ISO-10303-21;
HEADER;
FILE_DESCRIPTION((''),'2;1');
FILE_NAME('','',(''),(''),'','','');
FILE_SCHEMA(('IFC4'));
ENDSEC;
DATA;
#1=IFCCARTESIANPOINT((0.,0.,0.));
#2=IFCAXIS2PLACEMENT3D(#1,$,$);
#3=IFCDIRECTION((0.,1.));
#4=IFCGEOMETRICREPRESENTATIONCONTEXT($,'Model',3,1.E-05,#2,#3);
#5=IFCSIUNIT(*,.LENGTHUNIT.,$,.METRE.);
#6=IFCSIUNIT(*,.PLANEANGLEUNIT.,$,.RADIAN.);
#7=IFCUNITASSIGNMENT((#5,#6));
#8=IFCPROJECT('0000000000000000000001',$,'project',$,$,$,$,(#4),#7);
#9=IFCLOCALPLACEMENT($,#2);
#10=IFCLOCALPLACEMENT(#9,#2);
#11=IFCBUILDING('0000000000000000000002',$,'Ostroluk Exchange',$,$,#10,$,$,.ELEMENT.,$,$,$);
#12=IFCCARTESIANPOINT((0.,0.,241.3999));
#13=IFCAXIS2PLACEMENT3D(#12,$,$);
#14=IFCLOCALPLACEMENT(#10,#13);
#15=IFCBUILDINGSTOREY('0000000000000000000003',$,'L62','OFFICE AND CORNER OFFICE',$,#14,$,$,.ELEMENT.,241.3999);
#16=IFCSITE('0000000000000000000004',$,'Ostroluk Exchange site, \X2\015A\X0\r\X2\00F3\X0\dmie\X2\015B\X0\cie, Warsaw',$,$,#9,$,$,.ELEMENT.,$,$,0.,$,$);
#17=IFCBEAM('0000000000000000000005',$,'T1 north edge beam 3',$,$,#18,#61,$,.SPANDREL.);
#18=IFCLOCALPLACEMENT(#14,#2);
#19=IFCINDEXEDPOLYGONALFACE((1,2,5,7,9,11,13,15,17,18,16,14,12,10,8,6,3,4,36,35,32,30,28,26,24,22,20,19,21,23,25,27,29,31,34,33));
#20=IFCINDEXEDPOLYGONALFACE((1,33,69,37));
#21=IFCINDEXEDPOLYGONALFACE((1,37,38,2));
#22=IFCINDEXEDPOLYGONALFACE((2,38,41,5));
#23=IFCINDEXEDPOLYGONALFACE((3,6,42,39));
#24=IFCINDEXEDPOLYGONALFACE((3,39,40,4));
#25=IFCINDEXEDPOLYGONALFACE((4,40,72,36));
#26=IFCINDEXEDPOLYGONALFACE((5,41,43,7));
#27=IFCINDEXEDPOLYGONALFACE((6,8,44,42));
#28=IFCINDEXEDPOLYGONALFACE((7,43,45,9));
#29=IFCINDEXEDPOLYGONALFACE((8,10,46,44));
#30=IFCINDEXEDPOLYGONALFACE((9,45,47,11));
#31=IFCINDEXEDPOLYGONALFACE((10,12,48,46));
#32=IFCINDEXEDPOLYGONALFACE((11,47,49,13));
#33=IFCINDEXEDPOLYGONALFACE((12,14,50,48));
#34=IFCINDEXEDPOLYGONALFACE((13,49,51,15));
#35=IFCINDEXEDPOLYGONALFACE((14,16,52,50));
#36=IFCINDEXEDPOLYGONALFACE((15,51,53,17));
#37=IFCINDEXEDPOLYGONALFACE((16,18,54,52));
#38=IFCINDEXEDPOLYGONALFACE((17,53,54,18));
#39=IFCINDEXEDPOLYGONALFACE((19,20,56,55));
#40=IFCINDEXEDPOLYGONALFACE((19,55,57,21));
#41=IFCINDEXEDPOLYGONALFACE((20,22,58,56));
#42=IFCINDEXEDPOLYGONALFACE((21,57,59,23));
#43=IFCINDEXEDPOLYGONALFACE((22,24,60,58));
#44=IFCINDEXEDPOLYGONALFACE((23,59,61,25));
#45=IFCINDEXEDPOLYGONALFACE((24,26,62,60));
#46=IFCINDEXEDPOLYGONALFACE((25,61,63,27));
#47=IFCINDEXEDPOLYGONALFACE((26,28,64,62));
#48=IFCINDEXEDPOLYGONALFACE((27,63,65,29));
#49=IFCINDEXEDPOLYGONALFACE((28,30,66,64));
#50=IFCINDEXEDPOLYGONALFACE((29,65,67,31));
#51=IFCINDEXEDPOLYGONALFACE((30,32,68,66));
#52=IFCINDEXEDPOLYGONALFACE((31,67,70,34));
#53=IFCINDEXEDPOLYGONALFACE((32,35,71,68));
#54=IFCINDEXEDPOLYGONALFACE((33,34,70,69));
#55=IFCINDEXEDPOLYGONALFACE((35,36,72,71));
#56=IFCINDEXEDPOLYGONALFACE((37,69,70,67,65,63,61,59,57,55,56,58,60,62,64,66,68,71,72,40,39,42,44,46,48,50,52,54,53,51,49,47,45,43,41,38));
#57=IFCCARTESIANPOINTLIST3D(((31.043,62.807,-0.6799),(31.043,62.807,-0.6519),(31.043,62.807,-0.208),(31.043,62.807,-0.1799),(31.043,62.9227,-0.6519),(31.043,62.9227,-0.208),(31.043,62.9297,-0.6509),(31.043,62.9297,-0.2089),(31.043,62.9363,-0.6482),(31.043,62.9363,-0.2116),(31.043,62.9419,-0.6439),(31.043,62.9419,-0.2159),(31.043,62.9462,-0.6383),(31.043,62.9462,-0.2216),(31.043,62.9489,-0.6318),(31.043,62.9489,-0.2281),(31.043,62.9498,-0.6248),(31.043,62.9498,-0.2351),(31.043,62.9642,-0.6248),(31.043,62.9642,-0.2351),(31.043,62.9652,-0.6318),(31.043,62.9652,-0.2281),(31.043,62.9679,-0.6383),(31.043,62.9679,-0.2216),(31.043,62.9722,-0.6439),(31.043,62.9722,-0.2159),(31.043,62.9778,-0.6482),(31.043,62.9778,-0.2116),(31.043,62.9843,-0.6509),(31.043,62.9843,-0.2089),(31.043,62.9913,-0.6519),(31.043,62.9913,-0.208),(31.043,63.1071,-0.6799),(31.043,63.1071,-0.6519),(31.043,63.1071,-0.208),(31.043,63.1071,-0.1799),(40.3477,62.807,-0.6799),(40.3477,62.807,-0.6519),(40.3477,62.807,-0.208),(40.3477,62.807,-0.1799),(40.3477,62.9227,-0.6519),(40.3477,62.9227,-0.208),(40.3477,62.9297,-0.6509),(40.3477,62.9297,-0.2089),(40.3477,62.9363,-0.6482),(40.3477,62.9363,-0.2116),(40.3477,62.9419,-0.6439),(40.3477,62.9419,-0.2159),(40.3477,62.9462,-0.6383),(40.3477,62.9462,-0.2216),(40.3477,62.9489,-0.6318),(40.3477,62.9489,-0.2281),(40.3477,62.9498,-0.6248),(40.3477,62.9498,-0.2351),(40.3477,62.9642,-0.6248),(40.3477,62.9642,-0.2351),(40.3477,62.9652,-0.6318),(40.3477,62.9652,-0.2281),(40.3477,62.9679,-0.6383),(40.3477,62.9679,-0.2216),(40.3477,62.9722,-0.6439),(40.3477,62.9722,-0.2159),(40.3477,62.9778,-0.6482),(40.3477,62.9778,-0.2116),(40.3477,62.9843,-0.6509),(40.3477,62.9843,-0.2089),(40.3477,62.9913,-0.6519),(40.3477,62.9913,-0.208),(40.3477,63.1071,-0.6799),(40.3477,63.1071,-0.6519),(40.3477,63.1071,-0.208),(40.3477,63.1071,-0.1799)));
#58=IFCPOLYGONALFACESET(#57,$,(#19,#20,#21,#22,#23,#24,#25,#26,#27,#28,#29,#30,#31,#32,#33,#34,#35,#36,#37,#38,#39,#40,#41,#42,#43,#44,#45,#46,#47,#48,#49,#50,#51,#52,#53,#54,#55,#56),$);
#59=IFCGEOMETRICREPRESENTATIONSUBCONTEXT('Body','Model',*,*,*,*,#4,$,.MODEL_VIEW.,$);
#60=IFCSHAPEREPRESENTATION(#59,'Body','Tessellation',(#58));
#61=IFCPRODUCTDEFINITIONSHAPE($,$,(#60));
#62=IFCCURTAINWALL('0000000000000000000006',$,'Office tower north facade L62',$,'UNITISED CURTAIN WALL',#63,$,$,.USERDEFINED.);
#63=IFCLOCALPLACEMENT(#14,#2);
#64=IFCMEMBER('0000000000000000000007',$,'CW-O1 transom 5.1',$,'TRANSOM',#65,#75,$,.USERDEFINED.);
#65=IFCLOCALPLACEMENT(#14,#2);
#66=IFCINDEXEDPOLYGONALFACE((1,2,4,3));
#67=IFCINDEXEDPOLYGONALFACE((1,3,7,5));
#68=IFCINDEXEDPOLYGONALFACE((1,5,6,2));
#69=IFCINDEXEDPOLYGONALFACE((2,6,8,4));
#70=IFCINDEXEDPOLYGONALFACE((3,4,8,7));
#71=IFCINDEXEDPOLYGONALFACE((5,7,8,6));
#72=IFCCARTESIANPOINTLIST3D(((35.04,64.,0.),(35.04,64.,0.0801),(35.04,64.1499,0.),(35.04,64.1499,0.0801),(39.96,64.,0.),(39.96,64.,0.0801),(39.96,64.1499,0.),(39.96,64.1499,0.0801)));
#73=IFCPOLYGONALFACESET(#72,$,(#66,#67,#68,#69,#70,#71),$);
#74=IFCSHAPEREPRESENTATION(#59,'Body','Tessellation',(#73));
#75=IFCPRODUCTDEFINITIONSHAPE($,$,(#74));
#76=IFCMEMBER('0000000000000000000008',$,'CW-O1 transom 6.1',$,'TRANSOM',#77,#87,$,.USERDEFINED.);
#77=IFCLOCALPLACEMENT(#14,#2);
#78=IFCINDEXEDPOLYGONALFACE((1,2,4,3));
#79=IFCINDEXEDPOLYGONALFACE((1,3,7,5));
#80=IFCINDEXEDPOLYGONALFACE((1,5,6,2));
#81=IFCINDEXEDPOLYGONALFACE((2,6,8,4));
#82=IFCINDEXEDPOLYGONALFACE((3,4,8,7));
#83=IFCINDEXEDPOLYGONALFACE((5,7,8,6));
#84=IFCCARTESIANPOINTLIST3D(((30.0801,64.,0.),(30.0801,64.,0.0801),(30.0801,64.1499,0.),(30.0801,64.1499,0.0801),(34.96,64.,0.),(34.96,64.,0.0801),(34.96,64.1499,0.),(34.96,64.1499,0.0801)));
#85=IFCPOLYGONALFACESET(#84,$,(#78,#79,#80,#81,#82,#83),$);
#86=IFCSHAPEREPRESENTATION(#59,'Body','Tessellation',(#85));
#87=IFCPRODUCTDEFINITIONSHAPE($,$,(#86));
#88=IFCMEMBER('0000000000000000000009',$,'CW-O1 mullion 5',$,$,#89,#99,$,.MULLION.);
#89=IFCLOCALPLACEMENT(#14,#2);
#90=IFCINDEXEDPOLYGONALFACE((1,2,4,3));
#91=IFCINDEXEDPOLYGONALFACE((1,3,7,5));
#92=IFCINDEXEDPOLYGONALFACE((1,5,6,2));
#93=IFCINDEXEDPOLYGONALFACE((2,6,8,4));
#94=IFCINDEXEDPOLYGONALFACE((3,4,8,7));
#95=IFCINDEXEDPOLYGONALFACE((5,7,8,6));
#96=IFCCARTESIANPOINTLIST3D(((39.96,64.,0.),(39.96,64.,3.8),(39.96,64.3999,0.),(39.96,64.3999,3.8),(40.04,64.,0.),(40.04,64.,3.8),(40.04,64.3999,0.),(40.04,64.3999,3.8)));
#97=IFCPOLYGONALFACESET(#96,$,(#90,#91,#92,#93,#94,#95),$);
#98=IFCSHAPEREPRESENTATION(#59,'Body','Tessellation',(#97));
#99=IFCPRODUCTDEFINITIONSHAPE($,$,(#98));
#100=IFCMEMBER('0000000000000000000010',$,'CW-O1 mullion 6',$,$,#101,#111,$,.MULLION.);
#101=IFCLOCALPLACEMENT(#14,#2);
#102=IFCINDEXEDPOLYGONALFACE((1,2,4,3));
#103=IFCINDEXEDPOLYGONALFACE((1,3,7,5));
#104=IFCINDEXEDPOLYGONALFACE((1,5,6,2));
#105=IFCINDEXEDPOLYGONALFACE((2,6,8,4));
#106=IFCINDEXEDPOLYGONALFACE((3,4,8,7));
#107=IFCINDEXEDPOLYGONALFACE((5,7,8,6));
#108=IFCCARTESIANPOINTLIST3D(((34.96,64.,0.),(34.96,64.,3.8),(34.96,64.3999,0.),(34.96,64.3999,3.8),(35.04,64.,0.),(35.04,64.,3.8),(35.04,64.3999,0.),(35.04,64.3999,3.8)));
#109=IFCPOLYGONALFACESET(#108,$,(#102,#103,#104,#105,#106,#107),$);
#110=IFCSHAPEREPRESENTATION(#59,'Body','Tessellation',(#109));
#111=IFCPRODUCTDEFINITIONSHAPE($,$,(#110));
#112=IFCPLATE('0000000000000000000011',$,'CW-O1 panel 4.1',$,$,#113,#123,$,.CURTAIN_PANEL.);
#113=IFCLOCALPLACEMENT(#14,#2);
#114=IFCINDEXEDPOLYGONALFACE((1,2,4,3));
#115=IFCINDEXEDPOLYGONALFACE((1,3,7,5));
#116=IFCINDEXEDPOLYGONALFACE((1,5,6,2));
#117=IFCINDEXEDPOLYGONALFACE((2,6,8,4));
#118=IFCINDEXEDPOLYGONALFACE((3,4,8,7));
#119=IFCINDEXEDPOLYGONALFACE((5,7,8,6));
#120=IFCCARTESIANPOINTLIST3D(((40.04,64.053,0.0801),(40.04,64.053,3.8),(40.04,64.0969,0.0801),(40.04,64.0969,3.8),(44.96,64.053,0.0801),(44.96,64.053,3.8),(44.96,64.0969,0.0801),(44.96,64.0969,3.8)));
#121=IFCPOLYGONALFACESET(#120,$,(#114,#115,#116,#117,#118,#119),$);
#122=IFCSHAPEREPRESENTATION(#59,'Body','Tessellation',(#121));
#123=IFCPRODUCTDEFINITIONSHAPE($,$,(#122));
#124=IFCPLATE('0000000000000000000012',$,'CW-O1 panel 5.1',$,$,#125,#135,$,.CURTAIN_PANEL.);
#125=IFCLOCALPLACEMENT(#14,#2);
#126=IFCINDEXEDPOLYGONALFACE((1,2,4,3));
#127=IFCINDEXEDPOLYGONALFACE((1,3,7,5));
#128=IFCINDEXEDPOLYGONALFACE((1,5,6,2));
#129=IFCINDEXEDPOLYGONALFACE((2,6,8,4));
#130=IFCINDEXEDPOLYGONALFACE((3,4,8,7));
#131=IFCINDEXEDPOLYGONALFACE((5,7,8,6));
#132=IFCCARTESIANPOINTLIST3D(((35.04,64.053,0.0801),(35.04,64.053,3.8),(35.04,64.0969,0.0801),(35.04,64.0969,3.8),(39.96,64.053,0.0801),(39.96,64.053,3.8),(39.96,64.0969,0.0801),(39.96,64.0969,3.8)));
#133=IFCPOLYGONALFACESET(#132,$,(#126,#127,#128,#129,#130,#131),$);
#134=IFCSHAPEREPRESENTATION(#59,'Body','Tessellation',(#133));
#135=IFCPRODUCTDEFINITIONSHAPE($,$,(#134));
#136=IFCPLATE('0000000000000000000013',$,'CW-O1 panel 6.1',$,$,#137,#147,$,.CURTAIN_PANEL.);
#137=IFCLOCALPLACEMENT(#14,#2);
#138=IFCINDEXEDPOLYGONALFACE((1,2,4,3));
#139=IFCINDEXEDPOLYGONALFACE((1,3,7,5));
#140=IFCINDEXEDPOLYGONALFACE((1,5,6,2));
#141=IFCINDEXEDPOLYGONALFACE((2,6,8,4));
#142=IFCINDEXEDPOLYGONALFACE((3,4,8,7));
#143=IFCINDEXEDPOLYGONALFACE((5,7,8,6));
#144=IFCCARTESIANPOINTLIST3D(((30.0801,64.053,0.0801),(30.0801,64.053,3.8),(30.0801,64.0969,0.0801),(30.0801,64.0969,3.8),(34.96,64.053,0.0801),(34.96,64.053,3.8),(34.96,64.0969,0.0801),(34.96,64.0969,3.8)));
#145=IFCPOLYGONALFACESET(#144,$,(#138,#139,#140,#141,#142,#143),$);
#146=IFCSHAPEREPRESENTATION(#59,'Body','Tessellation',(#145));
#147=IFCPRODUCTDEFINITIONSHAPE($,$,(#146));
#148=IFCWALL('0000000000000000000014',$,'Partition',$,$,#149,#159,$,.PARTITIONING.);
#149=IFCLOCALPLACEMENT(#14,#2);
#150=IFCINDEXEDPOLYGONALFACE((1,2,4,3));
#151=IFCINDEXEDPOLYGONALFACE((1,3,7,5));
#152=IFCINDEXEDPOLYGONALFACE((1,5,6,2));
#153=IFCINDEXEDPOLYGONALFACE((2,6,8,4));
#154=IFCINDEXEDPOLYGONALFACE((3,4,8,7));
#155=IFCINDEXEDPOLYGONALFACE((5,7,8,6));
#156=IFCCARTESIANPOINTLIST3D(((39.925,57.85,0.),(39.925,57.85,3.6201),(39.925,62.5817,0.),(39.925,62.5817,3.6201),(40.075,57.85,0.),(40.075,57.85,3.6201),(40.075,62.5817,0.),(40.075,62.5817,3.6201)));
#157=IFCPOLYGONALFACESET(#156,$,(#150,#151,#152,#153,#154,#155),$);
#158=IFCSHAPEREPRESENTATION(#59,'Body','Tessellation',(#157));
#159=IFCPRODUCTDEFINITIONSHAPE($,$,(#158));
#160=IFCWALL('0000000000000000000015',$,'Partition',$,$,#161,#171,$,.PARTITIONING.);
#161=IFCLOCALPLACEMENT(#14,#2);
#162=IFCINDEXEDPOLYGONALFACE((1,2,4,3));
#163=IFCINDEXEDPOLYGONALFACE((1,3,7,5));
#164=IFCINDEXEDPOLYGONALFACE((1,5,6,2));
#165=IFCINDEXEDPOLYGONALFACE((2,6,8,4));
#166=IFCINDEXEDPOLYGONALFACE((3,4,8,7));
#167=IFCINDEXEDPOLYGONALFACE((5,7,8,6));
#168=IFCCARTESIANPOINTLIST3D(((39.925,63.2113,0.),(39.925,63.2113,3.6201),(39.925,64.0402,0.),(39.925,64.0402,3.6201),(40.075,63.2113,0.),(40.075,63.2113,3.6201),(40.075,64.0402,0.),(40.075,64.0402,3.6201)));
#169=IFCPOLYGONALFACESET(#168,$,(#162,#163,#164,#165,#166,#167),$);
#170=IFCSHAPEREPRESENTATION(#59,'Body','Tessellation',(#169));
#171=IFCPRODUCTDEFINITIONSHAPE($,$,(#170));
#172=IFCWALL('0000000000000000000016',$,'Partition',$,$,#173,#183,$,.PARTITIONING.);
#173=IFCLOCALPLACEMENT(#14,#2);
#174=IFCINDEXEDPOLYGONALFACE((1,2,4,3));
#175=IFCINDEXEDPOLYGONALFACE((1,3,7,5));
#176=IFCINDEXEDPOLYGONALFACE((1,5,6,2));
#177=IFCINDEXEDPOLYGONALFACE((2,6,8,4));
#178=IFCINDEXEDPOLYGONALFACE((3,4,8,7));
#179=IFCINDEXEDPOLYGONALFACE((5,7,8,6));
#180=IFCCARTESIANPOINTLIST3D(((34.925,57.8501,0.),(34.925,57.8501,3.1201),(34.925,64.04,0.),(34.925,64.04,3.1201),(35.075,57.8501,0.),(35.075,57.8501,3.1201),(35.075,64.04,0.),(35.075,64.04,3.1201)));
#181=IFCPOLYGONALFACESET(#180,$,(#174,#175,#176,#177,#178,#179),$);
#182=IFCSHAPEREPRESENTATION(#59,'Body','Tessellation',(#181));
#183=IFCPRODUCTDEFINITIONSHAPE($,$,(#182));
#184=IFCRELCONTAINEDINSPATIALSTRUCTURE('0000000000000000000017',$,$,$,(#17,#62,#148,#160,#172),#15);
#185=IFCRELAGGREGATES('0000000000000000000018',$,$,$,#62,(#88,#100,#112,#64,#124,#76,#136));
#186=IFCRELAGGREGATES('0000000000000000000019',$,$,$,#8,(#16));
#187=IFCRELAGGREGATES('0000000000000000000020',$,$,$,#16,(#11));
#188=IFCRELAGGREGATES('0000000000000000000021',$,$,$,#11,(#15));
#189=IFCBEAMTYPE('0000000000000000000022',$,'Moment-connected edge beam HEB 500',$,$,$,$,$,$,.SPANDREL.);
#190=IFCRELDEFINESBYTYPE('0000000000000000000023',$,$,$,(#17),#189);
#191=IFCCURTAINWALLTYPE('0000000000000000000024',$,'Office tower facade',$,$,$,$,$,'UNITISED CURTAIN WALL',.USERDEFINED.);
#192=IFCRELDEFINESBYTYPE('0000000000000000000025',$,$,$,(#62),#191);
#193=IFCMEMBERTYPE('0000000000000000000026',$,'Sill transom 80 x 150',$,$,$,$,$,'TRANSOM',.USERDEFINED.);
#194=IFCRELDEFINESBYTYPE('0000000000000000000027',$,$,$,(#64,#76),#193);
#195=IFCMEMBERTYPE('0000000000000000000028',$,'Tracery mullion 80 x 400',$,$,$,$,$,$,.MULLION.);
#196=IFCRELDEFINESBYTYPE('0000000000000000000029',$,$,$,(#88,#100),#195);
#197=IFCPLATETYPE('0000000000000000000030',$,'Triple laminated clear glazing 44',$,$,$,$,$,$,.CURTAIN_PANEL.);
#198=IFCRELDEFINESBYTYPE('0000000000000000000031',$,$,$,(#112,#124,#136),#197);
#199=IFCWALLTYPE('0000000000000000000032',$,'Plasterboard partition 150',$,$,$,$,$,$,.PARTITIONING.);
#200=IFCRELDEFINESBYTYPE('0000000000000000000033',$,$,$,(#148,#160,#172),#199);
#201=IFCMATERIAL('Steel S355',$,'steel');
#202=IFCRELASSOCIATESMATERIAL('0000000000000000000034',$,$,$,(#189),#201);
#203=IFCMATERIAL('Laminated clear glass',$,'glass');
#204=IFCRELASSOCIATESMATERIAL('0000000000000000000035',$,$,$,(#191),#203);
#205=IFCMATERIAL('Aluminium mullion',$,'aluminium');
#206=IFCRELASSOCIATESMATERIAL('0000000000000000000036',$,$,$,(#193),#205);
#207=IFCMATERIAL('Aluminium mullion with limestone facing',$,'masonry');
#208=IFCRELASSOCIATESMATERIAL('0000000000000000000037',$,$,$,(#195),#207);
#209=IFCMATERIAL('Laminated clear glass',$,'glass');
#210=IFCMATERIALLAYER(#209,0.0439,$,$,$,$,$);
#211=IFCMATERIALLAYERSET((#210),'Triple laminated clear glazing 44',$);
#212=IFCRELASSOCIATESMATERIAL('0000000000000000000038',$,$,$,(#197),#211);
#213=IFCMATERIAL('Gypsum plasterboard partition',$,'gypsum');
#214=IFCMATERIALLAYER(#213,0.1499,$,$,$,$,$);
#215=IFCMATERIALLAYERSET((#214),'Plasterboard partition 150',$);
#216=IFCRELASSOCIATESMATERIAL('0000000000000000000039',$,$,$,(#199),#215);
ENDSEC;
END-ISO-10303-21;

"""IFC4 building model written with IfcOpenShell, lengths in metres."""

from ifc_helpers import new_model, si_unit, direction, frame, frame_2d, origin, origin_2d, place, context, subcontext, project, spatial, rectangle, i_section, extrude, material, layer, layer_set, material_profile, profile_set, type_object, element, aggregate, save


model = new_model("IFC4")

# Units and contexts
model_context = context("Model", 3, precision=1e-05, world=origin(), true_north=direction((0.0, 1.0)))
body_context = subcontext(model_context, "Body", "Model", "MODEL_VIEW")
ifc_project = project(units=[si_unit("LENGTHUNIT", "METRE"), si_unit("PLANEANGLEUNIT", "RADIAN")], contexts=[model_context])

# Site, building, storey
site_placement = place(None, origin())
site = spatial("IfcSite", under=ifc_project, at=site_placement, Name="Ostroluk Exchange site, Śródmieście, Warsaw", CompositionType="ELEMENT", RefElevation=0.0)
building_placement = place(site_placement, origin())
building = spatial("IfcBuilding", under=site, at=building_placement, Name="Ostroluk Exchange", CompositionType="ELEMENT")
storey_placement = place(building_placement, frame((0.0, 0.0, 241.3999)))
storey = spatial("IfcBuildingStorey", under=building, at=storey_placement, Name="L62", Description="OFFICE AND CORNER OFFICE", CompositionType="ELEMENT", Elevation=241.3999)

# Beam
ifc_material_1 = material(Name="Steel S355", Category="steel")
ifc_material_profile_1 = material_profile(ifc_material_1, i_section(OverallWidth=0.3, OverallDepth=0.5, WebThickness=0.0144, FlangeThickness=0.0281, FilletRadius=0.0271, at=origin_2d()), Name="HEB 500")
ifc_profile_set_1 = profile_set([ifc_material_profile_1], Name="Steel S355")
beam_type_1 = type_object("IfcBeamType", Name="Moment-connected edge beam HEB 500", PredefinedType="SPANDREL", material=ifc_profile_set_1)
beam_1_placement = place(storey_placement, frame((40.3477, 62.957, -0.4299), z_axis=(-1.0, 0.0, 0.0), x_axis=(0.0, -1.0, 0.0)))
element("IfcBeam", 1, at=beam_1_placement, inside=storey, type_object=beam_type_1, Name="T1 north edge beam 3", PredefinedType="SPANDREL", context=body_context, shape_type="SweptSolid", body=[
    extrude(i_section(OverallWidth=0.3, OverallDepth=0.5, WebThickness=0.0144, FlangeThickness=0.0281, FilletRadius=0.0271, at=origin_2d()), origin(), (0.0, 0.0, 1.0), 9.3047),
])

# Curtain wall, members, plates
ifc_material_2 = material(Name="Laminated clear glass", Category="glass")
curtain_wall_type = type_object("IfcCurtainWallType", Name="Office tower facade", ElementType="UNITISED CURTAIN WALL", PredefinedType="USERDEFINED", material=ifc_material_2)
curtain_wall_placement = place(storey_placement, origin())
curtain_wall = element("IfcCurtainWall", 2, at=curtain_wall_placement, inside=storey, type_object=curtain_wall_type, Name="Office tower north facade L62", ObjectType="UNITISED CURTAIN WALL", PredefinedType="USERDEFINED")
ifc_material_3 = material(Name="Aluminium mullion", Category="aluminium")
ifc_material_profile_2 = material_profile(ifc_material_3, rectangle(XDim=0.1499, YDim=0.0801, at=origin_2d()), Name="Sill transom 80 x 150")
ifc_profile_set_2 = profile_set([ifc_material_profile_2], Name="Aluminium mullion")
member_type_1 = type_object("IfcMemberType", Name="Sill transom 80 x 150", ElementType="TRANSOM", PredefinedType="USERDEFINED", material=ifc_profile_set_2)
member_1_placement = place(storey_placement, frame((39.96, 64.075, 0.04), z_axis=(-1.0, 0.0, 0.0), x_axis=(0.0, -1.0, 0.0)))
member_1 = element("IfcMember", 3, at=member_1_placement, type_object=member_type_1, Name="CW-O1 transom 5.1", ObjectType="TRANSOM", PredefinedType="USERDEFINED", context=body_context, shape_type="SweptSolid", body=[
    extrude(rectangle(XDim=0.1499, YDim=0.0801, at=origin_2d()), origin(), (0.0, 0.0, 1.0), 4.9199),
])
member_2_placement = place(storey_placement, frame((34.96, 64.075, 0.04), z_axis=(-1.0, 0.0, 0.0), x_axis=(0.0, -1.0, 0.0)))
member_2 = element("IfcMember", 4, at=member_2_placement, type_object=member_type_1, Name="CW-O1 transom 6.1", ObjectType="TRANSOM", PredefinedType="USERDEFINED", context=body_context, shape_type="SweptSolid", body=[
    extrude(rectangle(XDim=0.1499, YDim=0.0801, at=origin_2d()), origin(), (0.0, 0.0, 1.0), 4.8799),
])
ifc_material_4 = material(Name="Aluminium mullion with limestone facing", Category="masonry")
ifc_material_profile_3 = material_profile(ifc_material_4, rectangle(XDim=0.3999, YDim=0.0801, at=origin_2d()), Name="Tracery mullion 80 x 400")
ifc_profile_set_3 = profile_set([ifc_material_profile_3], Name="Aluminium mullion with limestone facing")
member_type_2 = type_object("IfcMemberType", Name="Tracery mullion 80 x 400", PredefinedType="MULLION", material=ifc_profile_set_3)
member_3_placement = place(storey_placement, frame((40.0, 64.2, 0.0), z_axis=(0.0, 0.0, 1.0), x_axis=(0.0, -1.0, 0.0)))
member_3 = element("IfcMember", 5, at=member_3_placement, type_object=member_type_2, Name="CW-O1 mullion 5", PredefinedType="MULLION", context=body_context, shape_type="SweptSolid", body=[
    extrude(rectangle(XDim=0.3999, YDim=0.0801, at=origin_2d()), origin(), (0.0, 0.0, 1.0), 3.8),
])
member_4_placement = place(storey_placement, frame((35.0, 64.2, 0.0), z_axis=(0.0, 0.0, 1.0), x_axis=(0.0, -1.0, 0.0)))
member_4 = element("IfcMember", 6, at=member_4_placement, type_object=member_type_2, Name="CW-O1 mullion 6", PredefinedType="MULLION", context=body_context, shape_type="SweptSolid", body=[
    extrude(rectangle(XDim=0.3999, YDim=0.0801, at=origin_2d()), origin(), (0.0, 0.0, 1.0), 3.8),
])
ifc_material_5 = material(Name="Laminated clear glass", Category="glass")
ifc_layer_1 = layer(ifc_material_5, 0.0439)
ifc_layer_set_1 = layer_set([ifc_layer_1], Name="Triple laminated clear glazing 44")
plate_type = type_object("IfcPlateType", Name="Triple laminated clear glazing 44", PredefinedType="CURTAIN_PANEL", material=ifc_layer_set_1)
plate_1_placement = place(storey_placement, frame((42.5, 64.075, 0.0801), z_axis=(0.0, 0.0, 1.0), x_axis=(-1.0, 0.0, 0.0)))
plate_1 = element("IfcPlate", 7, at=plate_1_placement, type_object=plate_type, Name="CW-O1 panel 4.1", PredefinedType="CURTAIN_PANEL", context=body_context, shape_type="SweptSolid", body=[
    extrude(rectangle(XDim=4.9199, YDim=0.0439, at=origin_2d()), origin(), (0.0, 0.0, 1.0), 3.72),
])
plate_2_placement = place(storey_placement, frame((37.5, 64.075, 0.0801), z_axis=(0.0, 0.0, 1.0), x_axis=(-1.0, 0.0, 0.0)))
plate_2 = element("IfcPlate", 8, at=plate_2_placement, type_object=plate_type, Name="CW-O1 panel 5.1", PredefinedType="CURTAIN_PANEL", context=body_context, shape_type="SweptSolid", body=[
    extrude(rectangle(XDim=4.9199, YDim=0.0439, at=origin_2d()), origin(), (0.0, 0.0, 1.0), 3.72),
])
plate_3_placement = place(storey_placement, frame((32.52, 64.075, 0.0801), z_axis=(0.0, 0.0, 1.0), x_axis=(-1.0, 0.0, 0.0)))
plate_3 = element("IfcPlate", 9, at=plate_3_placement, type_object=plate_type, Name="CW-O1 panel 6.1", PredefinedType="CURTAIN_PANEL", context=body_context, shape_type="SweptSolid", body=[
    extrude(rectangle(XDim=4.8799, YDim=0.0439, at=origin_2d()), origin(), (0.0, 0.0, 1.0), 3.72),
])
aggregate(curtain_wall, [member_3, member_4, plate_1, member_1, plate_2, member_2, plate_3])

# Walls
ifc_material_6 = material(Name="Gypsum plasterboard partition", Category="gypsum")
ifc_layer_2 = layer(ifc_material_6, 0.1499)
ifc_layer_set_2 = layer_set([ifc_layer_2], Name="Plasterboard partition 150")
wall_type = type_object("IfcWallType", Name="Plasterboard partition 150", PredefinedType="PARTITIONING", material=ifc_layer_set_2)
wall_1_placement = place(storey_placement, frame((40.0, 57.8501, 0.0), z_axis=(0.0, 0.0, 1.0), x_axis=(0.0, 1.0, 0.0)))
element("IfcWall", 10, at=wall_1_placement, inside=storey, type_object=wall_type, Name="Partition", PredefinedType="PARTITIONING", context=body_context, shape_type="SweptSolid", body=[
    extrude(rectangle(XDim=4.7317, YDim=0.1499, at=frame_2d((2.3657, 0.0))), origin(), (0.0, 0.0, 1.0), 3.6201),
])
wall_2_placement = place(storey_placement, frame((40.0, 63.2112, 0.0), z_axis=(0.0, 0.0, 1.0), x_axis=(0.0, 1.0, 0.0)))
element("IfcWall", 11, at=wall_2_placement, inside=storey, type_object=wall_type, Name="Partition", PredefinedType="PARTITIONING", context=body_context, shape_type="SweptSolid", body=[
    extrude(rectangle(XDim=0.8289, YDim=0.1499, at=frame_2d((0.4146, 0.0))), origin(), (0.0, 0.0, 1.0), 3.6201),
])
wall_3_placement = place(storey_placement, frame((35.0, 57.8501, 0.0), z_axis=(0.0, 0.0, 1.0), x_axis=(0.0, 1.0, 0.0)))
element("IfcWall", 12, at=wall_3_placement, inside=storey, type_object=wall_type, Name="Partition", PredefinedType="PARTITIONING", context=body_context, shape_type="SweptSolid", body=[
    extrude(rectangle(XDim=6.1899, YDim=0.1499, at=frame_2d((3.095, 0.0))), origin(), (0.0, 0.0, 1.0), 3.1201),
])

save(model, "model.ifc")
